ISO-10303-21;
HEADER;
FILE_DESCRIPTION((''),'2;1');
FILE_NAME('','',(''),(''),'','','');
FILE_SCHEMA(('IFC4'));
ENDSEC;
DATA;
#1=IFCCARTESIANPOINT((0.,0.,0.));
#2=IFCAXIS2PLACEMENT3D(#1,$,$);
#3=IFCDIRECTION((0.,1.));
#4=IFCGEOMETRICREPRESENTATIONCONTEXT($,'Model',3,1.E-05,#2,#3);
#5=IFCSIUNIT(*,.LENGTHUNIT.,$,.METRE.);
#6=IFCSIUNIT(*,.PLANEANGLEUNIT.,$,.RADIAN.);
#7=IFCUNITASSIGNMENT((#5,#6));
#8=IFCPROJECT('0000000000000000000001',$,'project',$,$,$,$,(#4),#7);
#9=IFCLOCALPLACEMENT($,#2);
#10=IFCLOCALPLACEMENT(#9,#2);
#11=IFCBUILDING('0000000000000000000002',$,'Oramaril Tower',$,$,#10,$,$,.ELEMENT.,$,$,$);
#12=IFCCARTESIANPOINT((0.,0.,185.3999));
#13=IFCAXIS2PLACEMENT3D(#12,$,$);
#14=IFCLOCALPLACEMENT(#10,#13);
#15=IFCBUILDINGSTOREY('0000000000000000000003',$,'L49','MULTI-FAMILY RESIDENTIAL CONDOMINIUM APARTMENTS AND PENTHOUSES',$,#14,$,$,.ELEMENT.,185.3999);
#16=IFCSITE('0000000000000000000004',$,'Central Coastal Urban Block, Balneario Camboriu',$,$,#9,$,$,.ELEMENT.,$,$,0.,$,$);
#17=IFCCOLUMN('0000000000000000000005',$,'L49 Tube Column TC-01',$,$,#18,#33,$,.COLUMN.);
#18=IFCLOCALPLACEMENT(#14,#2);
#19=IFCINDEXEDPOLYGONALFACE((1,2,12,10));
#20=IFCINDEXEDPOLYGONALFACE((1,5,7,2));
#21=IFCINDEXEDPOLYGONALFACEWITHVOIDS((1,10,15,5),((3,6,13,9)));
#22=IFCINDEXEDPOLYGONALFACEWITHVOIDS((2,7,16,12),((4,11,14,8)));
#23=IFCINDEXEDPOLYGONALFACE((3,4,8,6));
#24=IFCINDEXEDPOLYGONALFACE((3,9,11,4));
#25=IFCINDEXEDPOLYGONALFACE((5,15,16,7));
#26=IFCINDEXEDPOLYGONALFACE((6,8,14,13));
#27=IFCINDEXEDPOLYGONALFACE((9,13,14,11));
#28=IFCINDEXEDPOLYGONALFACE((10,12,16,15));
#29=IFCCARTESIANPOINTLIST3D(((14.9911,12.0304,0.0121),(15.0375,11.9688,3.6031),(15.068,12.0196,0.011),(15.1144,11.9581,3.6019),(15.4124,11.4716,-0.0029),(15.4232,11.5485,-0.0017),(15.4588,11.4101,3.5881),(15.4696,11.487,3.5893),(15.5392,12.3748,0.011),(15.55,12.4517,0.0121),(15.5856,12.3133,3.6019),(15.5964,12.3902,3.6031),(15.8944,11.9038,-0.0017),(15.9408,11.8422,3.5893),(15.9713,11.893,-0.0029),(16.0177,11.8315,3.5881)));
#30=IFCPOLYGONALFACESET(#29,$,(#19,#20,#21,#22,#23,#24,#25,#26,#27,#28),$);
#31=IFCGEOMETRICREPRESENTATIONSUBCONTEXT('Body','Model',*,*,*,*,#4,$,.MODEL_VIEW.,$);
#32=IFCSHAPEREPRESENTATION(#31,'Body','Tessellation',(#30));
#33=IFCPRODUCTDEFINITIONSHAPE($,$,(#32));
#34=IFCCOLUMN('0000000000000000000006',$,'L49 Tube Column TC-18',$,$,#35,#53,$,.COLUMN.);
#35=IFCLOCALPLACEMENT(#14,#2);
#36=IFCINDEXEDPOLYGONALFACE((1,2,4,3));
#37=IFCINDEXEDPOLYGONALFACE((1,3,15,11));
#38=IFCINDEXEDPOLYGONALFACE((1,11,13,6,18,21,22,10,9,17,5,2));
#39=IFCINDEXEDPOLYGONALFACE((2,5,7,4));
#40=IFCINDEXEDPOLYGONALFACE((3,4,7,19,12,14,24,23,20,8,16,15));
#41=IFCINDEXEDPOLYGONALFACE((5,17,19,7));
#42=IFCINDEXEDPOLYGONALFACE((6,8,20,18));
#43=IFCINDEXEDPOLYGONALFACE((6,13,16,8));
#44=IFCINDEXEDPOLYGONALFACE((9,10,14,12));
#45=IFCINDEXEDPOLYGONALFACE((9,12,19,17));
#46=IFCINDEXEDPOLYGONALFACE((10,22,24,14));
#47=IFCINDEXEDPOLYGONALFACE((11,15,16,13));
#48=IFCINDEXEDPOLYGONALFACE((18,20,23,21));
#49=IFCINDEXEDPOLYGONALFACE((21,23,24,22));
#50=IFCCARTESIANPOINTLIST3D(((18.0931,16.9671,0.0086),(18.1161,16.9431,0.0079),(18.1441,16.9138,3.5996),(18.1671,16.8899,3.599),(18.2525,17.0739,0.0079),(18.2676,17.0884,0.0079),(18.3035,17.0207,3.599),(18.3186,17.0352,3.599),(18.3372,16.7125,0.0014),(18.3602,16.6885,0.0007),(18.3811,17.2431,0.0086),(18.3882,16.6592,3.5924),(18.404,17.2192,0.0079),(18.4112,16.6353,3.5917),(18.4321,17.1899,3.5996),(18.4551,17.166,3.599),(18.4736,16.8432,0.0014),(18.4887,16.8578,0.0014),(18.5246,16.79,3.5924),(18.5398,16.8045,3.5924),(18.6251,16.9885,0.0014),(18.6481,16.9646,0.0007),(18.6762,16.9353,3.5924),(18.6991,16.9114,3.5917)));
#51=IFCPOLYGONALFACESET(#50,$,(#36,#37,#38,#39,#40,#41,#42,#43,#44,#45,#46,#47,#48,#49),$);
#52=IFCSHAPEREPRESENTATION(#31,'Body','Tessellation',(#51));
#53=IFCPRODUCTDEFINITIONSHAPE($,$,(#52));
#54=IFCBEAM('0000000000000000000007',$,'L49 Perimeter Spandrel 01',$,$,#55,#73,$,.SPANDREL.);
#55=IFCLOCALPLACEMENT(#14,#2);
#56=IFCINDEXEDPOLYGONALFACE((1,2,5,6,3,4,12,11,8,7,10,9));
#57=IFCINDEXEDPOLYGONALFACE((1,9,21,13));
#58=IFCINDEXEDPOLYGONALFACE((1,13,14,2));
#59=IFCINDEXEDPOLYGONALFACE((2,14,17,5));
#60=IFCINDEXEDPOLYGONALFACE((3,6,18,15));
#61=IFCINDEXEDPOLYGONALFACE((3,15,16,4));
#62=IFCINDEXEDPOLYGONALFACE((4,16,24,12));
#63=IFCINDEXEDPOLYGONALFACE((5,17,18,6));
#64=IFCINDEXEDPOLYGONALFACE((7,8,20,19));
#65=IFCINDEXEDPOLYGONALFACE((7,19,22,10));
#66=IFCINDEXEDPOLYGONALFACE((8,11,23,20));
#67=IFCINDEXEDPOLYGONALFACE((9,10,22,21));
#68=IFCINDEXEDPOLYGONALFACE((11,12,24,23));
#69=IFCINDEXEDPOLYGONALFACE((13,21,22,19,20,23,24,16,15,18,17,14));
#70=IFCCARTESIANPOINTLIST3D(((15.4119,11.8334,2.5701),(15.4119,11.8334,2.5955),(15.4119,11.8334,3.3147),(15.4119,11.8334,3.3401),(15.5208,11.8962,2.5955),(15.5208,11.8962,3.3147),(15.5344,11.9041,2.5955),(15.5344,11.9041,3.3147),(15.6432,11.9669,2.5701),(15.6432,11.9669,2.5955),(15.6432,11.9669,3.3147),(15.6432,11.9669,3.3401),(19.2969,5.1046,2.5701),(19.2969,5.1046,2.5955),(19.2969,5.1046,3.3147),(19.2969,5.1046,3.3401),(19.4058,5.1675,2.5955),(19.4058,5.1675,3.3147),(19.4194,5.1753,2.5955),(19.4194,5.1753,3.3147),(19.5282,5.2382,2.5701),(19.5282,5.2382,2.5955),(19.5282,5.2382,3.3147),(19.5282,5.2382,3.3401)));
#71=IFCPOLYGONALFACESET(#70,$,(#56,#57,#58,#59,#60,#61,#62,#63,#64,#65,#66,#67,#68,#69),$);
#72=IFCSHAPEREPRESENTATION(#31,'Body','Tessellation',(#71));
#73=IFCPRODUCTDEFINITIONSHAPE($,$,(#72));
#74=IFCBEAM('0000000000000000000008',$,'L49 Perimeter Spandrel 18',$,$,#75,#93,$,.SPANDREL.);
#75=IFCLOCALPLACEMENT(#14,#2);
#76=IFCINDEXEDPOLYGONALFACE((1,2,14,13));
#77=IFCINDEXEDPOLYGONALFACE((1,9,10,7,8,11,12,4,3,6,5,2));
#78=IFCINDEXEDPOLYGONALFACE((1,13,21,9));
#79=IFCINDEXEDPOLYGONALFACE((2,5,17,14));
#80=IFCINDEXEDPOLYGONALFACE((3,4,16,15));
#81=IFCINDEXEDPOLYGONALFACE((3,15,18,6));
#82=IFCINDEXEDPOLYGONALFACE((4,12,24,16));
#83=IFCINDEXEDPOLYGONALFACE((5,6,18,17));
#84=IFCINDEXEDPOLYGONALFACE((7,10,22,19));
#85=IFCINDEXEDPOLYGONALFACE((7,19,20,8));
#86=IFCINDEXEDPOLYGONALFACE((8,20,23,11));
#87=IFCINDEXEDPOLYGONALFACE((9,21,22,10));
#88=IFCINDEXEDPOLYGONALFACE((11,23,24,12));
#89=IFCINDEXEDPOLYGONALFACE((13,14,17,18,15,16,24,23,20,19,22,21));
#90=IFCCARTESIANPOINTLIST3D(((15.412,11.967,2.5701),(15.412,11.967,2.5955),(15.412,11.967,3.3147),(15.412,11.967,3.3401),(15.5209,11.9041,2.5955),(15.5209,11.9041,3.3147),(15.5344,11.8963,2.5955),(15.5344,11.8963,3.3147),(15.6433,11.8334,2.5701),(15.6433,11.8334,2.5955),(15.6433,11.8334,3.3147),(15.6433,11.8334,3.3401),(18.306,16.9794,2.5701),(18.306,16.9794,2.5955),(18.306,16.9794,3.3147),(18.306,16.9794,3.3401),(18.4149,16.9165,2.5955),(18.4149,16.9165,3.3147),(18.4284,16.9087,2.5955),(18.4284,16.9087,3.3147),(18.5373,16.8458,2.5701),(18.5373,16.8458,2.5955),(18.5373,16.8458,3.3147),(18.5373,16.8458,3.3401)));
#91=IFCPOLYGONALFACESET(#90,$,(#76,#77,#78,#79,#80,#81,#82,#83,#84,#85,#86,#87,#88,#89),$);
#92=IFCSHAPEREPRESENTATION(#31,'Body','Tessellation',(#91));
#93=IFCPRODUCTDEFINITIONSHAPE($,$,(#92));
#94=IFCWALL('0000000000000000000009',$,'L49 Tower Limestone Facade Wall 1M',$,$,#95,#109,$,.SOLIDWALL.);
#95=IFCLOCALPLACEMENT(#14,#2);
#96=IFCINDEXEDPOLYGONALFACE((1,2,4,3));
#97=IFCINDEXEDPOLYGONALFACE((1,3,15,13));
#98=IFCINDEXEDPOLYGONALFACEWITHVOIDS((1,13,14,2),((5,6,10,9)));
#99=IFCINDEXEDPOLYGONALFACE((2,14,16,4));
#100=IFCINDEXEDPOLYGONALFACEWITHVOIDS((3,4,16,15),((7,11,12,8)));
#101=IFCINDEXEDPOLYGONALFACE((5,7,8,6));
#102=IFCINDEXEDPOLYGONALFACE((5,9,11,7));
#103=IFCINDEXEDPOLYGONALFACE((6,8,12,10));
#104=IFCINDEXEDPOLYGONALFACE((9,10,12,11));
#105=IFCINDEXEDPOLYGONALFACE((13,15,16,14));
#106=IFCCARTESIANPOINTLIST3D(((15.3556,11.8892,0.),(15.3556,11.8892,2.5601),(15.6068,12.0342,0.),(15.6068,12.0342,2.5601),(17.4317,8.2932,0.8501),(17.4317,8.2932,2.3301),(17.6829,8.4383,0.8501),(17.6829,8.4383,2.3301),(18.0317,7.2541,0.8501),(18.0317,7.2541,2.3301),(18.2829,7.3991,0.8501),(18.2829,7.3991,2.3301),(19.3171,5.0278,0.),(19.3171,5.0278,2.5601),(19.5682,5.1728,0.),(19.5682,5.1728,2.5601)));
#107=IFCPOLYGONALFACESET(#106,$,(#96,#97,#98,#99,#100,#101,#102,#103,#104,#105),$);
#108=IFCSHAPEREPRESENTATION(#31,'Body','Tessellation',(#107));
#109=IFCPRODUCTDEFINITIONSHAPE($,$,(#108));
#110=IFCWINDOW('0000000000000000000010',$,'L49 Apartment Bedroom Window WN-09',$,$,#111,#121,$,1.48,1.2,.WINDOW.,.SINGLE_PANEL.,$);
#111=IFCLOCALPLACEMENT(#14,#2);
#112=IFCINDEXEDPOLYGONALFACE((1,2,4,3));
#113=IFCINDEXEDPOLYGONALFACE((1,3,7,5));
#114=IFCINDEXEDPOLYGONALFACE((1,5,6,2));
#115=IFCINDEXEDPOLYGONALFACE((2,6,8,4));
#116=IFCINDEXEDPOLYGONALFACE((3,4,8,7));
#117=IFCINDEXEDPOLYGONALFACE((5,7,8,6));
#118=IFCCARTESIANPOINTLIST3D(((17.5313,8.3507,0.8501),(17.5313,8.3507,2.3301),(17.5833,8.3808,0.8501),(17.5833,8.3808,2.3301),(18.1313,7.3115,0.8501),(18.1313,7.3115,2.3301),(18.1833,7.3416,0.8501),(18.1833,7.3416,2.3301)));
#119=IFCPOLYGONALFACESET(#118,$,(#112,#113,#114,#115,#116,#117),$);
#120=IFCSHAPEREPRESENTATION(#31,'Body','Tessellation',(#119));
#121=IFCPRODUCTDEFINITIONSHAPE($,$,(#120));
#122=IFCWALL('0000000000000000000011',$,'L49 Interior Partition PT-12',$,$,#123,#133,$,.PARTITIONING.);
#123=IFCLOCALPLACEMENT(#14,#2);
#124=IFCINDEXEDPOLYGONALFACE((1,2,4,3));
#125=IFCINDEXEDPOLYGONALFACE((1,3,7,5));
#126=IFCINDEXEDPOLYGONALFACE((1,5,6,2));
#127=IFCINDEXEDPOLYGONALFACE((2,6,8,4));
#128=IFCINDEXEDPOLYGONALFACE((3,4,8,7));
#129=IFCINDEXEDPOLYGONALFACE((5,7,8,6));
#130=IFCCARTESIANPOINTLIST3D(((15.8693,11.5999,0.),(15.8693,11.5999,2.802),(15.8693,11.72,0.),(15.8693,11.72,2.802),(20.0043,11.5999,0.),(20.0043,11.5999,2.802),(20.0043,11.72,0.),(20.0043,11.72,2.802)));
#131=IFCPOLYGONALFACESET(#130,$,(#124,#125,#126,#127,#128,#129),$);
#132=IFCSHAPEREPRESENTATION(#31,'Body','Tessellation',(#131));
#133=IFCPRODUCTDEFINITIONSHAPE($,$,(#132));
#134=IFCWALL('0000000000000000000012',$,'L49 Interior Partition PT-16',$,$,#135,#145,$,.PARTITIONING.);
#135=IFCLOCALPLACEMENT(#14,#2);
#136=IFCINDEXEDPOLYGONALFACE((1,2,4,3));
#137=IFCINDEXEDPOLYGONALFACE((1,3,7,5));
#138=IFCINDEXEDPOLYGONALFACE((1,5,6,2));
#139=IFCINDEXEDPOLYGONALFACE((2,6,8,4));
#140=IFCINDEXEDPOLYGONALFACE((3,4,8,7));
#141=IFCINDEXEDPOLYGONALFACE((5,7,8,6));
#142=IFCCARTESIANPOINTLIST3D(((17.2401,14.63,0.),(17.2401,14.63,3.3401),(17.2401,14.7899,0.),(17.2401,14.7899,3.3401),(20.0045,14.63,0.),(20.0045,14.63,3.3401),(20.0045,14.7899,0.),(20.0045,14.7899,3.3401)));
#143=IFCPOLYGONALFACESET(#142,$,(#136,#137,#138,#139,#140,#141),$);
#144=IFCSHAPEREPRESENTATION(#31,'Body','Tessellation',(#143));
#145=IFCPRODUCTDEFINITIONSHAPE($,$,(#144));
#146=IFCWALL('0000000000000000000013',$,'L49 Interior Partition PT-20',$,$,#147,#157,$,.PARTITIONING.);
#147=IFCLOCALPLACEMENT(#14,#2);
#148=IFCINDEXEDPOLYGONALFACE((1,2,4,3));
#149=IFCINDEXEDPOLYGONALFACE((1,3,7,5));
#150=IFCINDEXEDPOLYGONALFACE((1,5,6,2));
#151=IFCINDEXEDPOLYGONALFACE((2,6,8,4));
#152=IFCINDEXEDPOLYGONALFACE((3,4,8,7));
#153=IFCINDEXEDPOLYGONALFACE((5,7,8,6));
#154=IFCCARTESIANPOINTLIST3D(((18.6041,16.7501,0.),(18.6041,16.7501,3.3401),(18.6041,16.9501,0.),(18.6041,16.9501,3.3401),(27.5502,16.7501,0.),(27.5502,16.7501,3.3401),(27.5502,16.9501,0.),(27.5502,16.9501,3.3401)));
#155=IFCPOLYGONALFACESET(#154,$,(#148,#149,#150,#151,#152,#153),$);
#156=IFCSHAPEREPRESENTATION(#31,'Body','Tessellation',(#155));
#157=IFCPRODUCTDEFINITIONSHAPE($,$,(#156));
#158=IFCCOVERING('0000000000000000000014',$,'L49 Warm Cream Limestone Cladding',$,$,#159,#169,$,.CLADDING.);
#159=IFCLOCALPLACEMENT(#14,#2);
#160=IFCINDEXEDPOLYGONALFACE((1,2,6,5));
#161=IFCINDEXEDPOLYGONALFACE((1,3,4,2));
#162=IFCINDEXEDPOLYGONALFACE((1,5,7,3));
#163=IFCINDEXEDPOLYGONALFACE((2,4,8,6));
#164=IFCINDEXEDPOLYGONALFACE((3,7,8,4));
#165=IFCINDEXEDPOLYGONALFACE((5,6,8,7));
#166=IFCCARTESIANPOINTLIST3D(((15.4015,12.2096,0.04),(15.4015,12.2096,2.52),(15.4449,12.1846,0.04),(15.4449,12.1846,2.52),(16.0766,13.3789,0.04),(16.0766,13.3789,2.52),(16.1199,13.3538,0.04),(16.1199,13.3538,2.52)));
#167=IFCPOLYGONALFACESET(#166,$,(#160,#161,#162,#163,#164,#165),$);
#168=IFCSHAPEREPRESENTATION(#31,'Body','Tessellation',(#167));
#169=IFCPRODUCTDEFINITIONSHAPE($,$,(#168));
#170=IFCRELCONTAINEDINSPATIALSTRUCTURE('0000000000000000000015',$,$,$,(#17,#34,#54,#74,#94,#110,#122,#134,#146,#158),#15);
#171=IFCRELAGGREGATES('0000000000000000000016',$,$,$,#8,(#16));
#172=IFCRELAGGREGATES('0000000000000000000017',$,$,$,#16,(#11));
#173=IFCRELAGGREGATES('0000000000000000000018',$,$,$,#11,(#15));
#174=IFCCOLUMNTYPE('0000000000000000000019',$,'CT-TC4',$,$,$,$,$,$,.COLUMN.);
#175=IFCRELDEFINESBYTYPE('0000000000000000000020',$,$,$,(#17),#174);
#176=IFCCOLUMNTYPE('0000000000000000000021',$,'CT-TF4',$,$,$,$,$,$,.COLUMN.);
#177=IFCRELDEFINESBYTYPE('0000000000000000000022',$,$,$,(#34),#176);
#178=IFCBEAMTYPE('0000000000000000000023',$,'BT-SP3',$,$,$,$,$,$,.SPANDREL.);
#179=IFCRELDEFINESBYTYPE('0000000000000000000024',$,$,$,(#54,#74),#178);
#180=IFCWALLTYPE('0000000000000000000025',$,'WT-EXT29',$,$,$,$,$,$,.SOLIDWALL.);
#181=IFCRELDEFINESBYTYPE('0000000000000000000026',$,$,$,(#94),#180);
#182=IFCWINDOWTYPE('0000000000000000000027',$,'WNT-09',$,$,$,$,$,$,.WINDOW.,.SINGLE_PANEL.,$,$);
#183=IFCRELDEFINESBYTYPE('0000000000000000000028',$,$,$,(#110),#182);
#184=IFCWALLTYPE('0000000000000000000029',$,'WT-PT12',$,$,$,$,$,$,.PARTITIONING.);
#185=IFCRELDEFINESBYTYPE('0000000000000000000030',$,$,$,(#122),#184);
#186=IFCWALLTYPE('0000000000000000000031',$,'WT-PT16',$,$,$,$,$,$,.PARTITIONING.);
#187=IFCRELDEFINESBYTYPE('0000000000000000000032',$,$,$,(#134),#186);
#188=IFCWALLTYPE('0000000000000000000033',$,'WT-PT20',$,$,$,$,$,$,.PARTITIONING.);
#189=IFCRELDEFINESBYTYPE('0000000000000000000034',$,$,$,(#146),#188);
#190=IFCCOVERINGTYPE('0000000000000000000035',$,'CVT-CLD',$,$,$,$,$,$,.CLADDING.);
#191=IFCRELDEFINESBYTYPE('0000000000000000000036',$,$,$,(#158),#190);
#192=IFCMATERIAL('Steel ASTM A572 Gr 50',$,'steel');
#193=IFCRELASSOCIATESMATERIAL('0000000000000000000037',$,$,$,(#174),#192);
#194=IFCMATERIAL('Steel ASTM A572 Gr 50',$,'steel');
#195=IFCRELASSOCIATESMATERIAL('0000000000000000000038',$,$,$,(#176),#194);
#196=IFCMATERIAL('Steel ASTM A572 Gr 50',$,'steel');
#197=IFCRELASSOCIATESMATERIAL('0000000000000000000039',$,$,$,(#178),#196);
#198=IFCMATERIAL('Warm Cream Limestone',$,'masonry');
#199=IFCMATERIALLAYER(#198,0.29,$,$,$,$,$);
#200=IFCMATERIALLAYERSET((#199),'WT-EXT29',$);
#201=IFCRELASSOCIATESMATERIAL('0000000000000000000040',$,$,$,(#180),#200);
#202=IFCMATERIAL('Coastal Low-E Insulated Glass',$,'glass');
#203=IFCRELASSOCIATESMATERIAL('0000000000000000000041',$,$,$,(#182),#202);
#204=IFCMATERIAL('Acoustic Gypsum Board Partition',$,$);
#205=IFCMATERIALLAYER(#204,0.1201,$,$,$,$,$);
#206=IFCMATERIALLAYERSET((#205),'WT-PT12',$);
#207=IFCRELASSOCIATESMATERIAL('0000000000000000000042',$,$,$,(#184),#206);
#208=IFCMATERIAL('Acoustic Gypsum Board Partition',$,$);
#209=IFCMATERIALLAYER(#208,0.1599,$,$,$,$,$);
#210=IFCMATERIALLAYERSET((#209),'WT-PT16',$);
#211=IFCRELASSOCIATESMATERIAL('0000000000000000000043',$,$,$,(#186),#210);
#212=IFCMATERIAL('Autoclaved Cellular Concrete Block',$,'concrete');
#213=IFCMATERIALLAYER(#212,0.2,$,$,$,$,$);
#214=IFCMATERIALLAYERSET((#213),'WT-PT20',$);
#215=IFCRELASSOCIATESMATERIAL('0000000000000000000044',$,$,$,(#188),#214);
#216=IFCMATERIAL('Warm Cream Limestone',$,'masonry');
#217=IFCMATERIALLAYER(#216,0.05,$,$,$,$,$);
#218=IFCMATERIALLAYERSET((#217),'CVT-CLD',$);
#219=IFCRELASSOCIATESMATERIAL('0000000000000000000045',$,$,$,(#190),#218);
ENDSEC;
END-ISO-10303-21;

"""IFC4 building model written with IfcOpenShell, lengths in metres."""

from ifc_helpers import new_model, si_unit, direction, frame, frame_2d, origin, origin_2d, place, context, subcontext, project, spatial, rectangle, hollow_rectangle, i_section, extrude, material, layer, layer_set, material_profile, profile_set, type_object, element, fill, save


model = new_model("IFC4")

# Units and contexts
model_context = context("Model", 3, precision=1e-05, world=origin(), true_north=direction((0.0, 1.0)))
body_context = subcontext(model_context, "Body", "Model", "MODEL_VIEW")
ifc_project = project(units=[si_unit("LENGTHUNIT", "METRE"), si_unit("PLANEANGLEUNIT", "RADIAN")], contexts=[model_context])

# Site, building, storey
site_placement = place(None, origin())
site = spatial("IfcSite", under=ifc_project, at=site_placement, Name="Central Coastal Urban Block, Balneario Camboriu", CompositionType="ELEMENT", RefElevation=0.0)
building_placement = place(site_placement, origin())
building = spatial("IfcBuilding", under=site, at=building_placement, Name="Oramaril Tower", CompositionType="ELEMENT")
storey_placement = place(building_placement, frame((0.0, 0.0, 185.3999)))
storey = spatial("IfcBuildingStorey", under=building, at=storey_placement, Name="L49", Description="MULTI-FAMILY RESIDENTIAL CONDOMINIUM APARTMENTS AND PENTHOUSES", CompositionType="ELEMENT", Elevation=185.3999)

# Columns
ifc_material_1 = material(Name="Steel ASTM A572 Gr 50", Category="steel")
ifc_material_profile_1 = material_profile(ifc_material_1, hollow_rectangle(XDim=0.7, YDim=0.7, WallThickness=0.0549, at=origin_2d()), Name="BOX700X700X55")
ifc_profile_set_1 = profile_set([ifc_material_profile_1], Name="Steel ASTM A572 Gr 50")
column_type_1 = type_object("IfcColumnType", Name="CT-TC4", PredefinedType="COLUMN", material=ifc_profile_set_1)
column_1_placement = place(storey_placement, frame((15.4812, 11.9617, 0.0046), z_axis=(0.012914, -0.017128, 0.99977), x_axis=(0.798477, 0.602026, 0.0)))
element("IfcColumn", 1, at=column_1_placement, inside=storey, type_object=column_type_1, Name="L49 Tube Column TC-01", PredefinedType="COLUMN", context=body_context, shape_type="SweptSolid", body=[
    extrude(hollow_rectangle(XDim=0.7, YDim=0.7, WallThickness=0.0549, at=origin_2d()), origin(), (0.0, 0.0, 1.0), 3.5918),
])
ifc_material_2 = material(Name="Steel ASTM A572 Gr 50", Category="steel")
ifc_material_profile_2 = material_profile(ifc_material_2, i_section(OverallWidth=0.3989, OverallDepth=0.386, WebThickness=0.021, FlangeThickness=0.0332, at=origin_2d()), Name="W14X176")
ifc_profile_set_2 = profile_set([ifc_material_profile_2], Name="Steel ASTM A572 Gr 50")
column_type_2 = type_object("IfcColumnType", Name="CT-TF4", PredefinedType="COLUMN", material=ifc_profile_set_2)
column_2_placement = place(storey_placement, frame((18.3706, 16.9658, 0.0046), z_axis=(0.014206, -0.014818, 0.999789), x_axis=(0.72185, 0.692049, 0.0)))
element("IfcColumn", 2, at=column_2_placement, inside=storey, type_object=column_type_2, Name="L49 Tube Column TC-18", PredefinedType="COLUMN", context=body_context, shape_type="SweptSolid", body=[
    extrude(i_section(OverallWidth=0.3989, OverallDepth=0.386, WebThickness=0.021, FlangeThickness=0.0332, at=origin_2d()), origin(), (0.0, 0.0, 1.0), 3.5918),
])

# Beams
ifc_material_3 = material(Name="Steel ASTM A572 Gr 50", Category="steel")
ifc_material_profile_3 = material_profile(ifc_material_3, i_section(OverallWidth=0.2671, OverallDepth=0.77, WebThickness=0.0156, FlangeThickness=0.0254, at=origin_2d()), Name="W30X132")
ifc_profile_set_3 = profile_set([ifc_material_profile_3], Name="Steel ASTM A572 Gr 50")
beam_type = type_object("IfcBeamType", Name="BT-SP3", PredefinedType="SPANDREL", material=ifc_profile_set_3)
beam_1_placement = place(storey_placement, frame((15.5276, 11.9001, 2.9551), z_axis=(0.500015, -0.866017, 0.0), x_axis=(0.866017, 0.500015, 0.0)))
element("IfcBeam", 3, at=beam_1_placement, inside=storey, type_object=beam_type, Name="L49 Perimeter Spandrel 01", PredefinedType="SPANDREL", context=body_context, shape_type="SweptSolid", body=[
    extrude(i_section(OverallWidth=0.2671, OverallDepth=0.77, WebThickness=0.0156, FlangeThickness=0.0254, at=origin_2d()), origin(), (0.0, 0.0, 1.0), 7.7698),
])
beam_2_placement = place(storey_placement, frame((18.4216, 16.9126, 2.9551), z_axis=(-0.500013, -0.866018, 0.0), x_axis=(0.866018, -0.500013, 0.0)))
element("IfcBeam", 4, at=beam_2_placement, inside=storey, type_object=beam_type, Name="L49 Perimeter Spandrel 18", PredefinedType="SPANDREL", context=body_context, shape_type="SweptSolid", body=[
    extrude(i_section(OverallWidth=0.2671, OverallDepth=0.77, WebThickness=0.0156, FlangeThickness=0.0254, at=origin_2d()), origin(), (0.0, 0.0, 1.0), 5.7878),
])

# Wall, opening, window
ifc_material_4 = material(Name="Warm Cream Limestone", Category="masonry")
ifc_layer_1 = layer(ifc_material_4, 0.29)
ifc_layer_set_1 = layer_set([ifc_layer_1], Name="WT-EXT29")
wall_type_1 = type_object("IfcWallType", Name="WT-EXT29", PredefinedType="SOLIDWALL", material=ifc_layer_set_1)
wall_1_placement = place(storey_placement, frame((15.4812, 11.9617, 0.0), z_axis=(0.0, 0.0, 1.0), x_axis=(0.500003, -0.866023, 0.0)))
wall_1 = element("IfcWall", 5, at=wall_1_placement, inside=storey, type_object=wall_type_1, Name="L49 Tower Limestone Facade Wall 1M", PredefinedType="SOLIDWALL", context=body_context, shape_type="SweptSolid", body=[
    extrude(rectangle(XDim=7.9229, YDim=0.29, at=frame_2d((3.9614, 0.0))), origin(), (0.0, 0.0, 1.0), 2.5601),
])
opening_placement = place(wall_1_placement, frame((4.1521, 0.0, 0.8501)))
opening = element("IfcOpeningElement", 6, at=opening_placement, cuts=wall_1, PredefinedType="OPENING", context=body_context, shape_type="SweptSolid", body=[
    extrude(rectangle(XDim=1.2, YDim=1.48, at=frame_2d((0.6001, 0.74))), frame((0.0, 0.145, 0.0), z_axis=(0.0, -1.0, 0.0), x_axis=(1.0, 0.0, 0.0)), (0.0, 0.0, 1.0), 0.29),
])
ifc_material_5 = material(Name="Coastal Low-E Insulated Glass", Category="glass")
window_type = type_object("IfcWindowType", Name="WNT-09", PartitioningType="SINGLE_PANEL", PredefinedType="WINDOW", material=ifc_material_5)
window_placement = place(opening_placement, origin())
window = element("IfcWindow", 7, at=window_placement, inside=storey, type_object=window_type, Name="L49 Apartment Bedroom Window WN-09", OverallHeight=1.48, OverallWidth=1.2, PartitioningType="SINGLE_PANEL", PredefinedType="WINDOW", context=body_context, shape_type="SweptSolid", body=[
    extrude(rectangle(XDim=1.2, YDim=1.48, at=frame_2d((0.6001, 0.74))), frame((0.0, 0.03, 0.0), z_axis=(0.0, -1.0, 0.0), x_axis=(1.0, 0.0, 0.0)), (0.0, 0.0, 1.0), 0.0601),
])
fill(opening, window)

# Walls
ifc_material_6 = material(Name="Acoustic Gypsum Board Partition")
ifc_layer_2 = layer(ifc_material_6, 0.1201)
ifc_layer_set_2 = layer_set([ifc_layer_2], Name="WT-PT12")
wall_type_2 = type_object("IfcWallType", Name="WT-PT12", PredefinedType="PARTITIONING", material=ifc_layer_set_2)
wall_2_placement = place(storey_placement, frame((15.8694, 11.6599, 0.0), z_axis=(0.0, 0.0, 1.0), x_axis=(1.0, 0.0, 0.0)))
element("IfcWall", 8, at=wall_2_placement, inside=storey, type_object=wall_type_2, Name="L49 Interior Partition PT-12", PredefinedType="PARTITIONING", context=body_context, shape_type="SweptSolid", body=[
    extrude(rectangle(XDim=4.135, YDim=0.1201, at=frame_2d((2.0674, 0.0))), origin(), (0.0, 0.0, 1.0), 2.802),
])
ifc_material_7 = material(Name="Acoustic Gypsum Board Partition")
ifc_layer_3 = layer(ifc_material_7, 0.1599)
ifc_layer_set_3 = layer_set([ifc_layer_3], Name="WT-PT16")
wall_type_3 = type_object("IfcWallType", Name="WT-PT16", PredefinedType="PARTITIONING", material=ifc_layer_set_3)
wall_3_placement = place(storey_placement, frame((17.24, 14.71, 0.0), z_axis=(0.0, 0.0, 1.0), x_axis=(1.0, 0.0, 0.0)))
element("IfcWall", 9, at=wall_3_placement, inside=storey, type_object=wall_type_3, Name="L49 Interior Partition PT-16", PredefinedType="PARTITIONING", context=body_context, shape_type="SweptSolid", body=[
    extrude(rectangle(XDim=2.7644, YDim=0.1599, at=frame_2d((1.3823, 0.0))), origin(), (0.0, 0.0, 1.0), 3.3401),
])
ifc_material_8 = material(Name="Autoclaved Cellular Concrete Block", Category="concrete")
ifc_layer_4 = layer(ifc_material_8, 0.2)
ifc_layer_set_4 = layer_set([ifc_layer_4], Name="WT-PT20")
wall_type_4 = type_object("IfcWallType", Name="WT-PT20", PredefinedType="PARTITIONING", material=ifc_layer_set_4)
wall_4_placement = place(storey_placement, frame((18.604, 16.8501, 0.0), z_axis=(0.0, 0.0, 1.0), x_axis=(1.0, 0.0, 0.0)))
element("IfcWall", 10, at=wall_4_placement, inside=storey, type_object=wall_type_4, Name="L49 Interior Partition PT-20", PredefinedType="PARTITIONING", context=body_context, shape_type="SweptSolid", body=[
    extrude(rectangle(XDim=8.946, YDim=0.2, at=frame_2d((4.4731, 0.0))), origin(), (0.0, 0.0, 1.0), 3.3401),
])

# Covering
ifc_material_9 = material(Name="Warm Cream Limestone", Category="masonry")
ifc_layer_5 = layer(ifc_material_9, 0.05)
ifc_layer_set_5 = layer_set([ifc_layer_5], Name="CVT-CLD")
covering_type = type_object("IfcCoveringType", Name="CVT-CLD", PredefinedType="CLADDING", material=ifc_layer_set_5)
covering_1_placement = place(storey_placement, frame((15.7607, 12.7817, 0.04), z_axis=(0.0, 0.0, 1.0), x_axis=(-0.5, -0.866025, 0.0)))
element("IfcCovering", 11, at=covering_1_placement, inside=storey, type_object=covering_type, Name="L49 Warm Cream Limestone Cladding", PredefinedType="CLADDING", context=body_context, shape_type="SweptSolid", body=[
    extrude(rectangle(XDim=1.3501, YDim=0.05, at=origin_2d()), origin(), (0.0, 0.0, 1.0), 2.48),
])

save(model, "model.ifc")
